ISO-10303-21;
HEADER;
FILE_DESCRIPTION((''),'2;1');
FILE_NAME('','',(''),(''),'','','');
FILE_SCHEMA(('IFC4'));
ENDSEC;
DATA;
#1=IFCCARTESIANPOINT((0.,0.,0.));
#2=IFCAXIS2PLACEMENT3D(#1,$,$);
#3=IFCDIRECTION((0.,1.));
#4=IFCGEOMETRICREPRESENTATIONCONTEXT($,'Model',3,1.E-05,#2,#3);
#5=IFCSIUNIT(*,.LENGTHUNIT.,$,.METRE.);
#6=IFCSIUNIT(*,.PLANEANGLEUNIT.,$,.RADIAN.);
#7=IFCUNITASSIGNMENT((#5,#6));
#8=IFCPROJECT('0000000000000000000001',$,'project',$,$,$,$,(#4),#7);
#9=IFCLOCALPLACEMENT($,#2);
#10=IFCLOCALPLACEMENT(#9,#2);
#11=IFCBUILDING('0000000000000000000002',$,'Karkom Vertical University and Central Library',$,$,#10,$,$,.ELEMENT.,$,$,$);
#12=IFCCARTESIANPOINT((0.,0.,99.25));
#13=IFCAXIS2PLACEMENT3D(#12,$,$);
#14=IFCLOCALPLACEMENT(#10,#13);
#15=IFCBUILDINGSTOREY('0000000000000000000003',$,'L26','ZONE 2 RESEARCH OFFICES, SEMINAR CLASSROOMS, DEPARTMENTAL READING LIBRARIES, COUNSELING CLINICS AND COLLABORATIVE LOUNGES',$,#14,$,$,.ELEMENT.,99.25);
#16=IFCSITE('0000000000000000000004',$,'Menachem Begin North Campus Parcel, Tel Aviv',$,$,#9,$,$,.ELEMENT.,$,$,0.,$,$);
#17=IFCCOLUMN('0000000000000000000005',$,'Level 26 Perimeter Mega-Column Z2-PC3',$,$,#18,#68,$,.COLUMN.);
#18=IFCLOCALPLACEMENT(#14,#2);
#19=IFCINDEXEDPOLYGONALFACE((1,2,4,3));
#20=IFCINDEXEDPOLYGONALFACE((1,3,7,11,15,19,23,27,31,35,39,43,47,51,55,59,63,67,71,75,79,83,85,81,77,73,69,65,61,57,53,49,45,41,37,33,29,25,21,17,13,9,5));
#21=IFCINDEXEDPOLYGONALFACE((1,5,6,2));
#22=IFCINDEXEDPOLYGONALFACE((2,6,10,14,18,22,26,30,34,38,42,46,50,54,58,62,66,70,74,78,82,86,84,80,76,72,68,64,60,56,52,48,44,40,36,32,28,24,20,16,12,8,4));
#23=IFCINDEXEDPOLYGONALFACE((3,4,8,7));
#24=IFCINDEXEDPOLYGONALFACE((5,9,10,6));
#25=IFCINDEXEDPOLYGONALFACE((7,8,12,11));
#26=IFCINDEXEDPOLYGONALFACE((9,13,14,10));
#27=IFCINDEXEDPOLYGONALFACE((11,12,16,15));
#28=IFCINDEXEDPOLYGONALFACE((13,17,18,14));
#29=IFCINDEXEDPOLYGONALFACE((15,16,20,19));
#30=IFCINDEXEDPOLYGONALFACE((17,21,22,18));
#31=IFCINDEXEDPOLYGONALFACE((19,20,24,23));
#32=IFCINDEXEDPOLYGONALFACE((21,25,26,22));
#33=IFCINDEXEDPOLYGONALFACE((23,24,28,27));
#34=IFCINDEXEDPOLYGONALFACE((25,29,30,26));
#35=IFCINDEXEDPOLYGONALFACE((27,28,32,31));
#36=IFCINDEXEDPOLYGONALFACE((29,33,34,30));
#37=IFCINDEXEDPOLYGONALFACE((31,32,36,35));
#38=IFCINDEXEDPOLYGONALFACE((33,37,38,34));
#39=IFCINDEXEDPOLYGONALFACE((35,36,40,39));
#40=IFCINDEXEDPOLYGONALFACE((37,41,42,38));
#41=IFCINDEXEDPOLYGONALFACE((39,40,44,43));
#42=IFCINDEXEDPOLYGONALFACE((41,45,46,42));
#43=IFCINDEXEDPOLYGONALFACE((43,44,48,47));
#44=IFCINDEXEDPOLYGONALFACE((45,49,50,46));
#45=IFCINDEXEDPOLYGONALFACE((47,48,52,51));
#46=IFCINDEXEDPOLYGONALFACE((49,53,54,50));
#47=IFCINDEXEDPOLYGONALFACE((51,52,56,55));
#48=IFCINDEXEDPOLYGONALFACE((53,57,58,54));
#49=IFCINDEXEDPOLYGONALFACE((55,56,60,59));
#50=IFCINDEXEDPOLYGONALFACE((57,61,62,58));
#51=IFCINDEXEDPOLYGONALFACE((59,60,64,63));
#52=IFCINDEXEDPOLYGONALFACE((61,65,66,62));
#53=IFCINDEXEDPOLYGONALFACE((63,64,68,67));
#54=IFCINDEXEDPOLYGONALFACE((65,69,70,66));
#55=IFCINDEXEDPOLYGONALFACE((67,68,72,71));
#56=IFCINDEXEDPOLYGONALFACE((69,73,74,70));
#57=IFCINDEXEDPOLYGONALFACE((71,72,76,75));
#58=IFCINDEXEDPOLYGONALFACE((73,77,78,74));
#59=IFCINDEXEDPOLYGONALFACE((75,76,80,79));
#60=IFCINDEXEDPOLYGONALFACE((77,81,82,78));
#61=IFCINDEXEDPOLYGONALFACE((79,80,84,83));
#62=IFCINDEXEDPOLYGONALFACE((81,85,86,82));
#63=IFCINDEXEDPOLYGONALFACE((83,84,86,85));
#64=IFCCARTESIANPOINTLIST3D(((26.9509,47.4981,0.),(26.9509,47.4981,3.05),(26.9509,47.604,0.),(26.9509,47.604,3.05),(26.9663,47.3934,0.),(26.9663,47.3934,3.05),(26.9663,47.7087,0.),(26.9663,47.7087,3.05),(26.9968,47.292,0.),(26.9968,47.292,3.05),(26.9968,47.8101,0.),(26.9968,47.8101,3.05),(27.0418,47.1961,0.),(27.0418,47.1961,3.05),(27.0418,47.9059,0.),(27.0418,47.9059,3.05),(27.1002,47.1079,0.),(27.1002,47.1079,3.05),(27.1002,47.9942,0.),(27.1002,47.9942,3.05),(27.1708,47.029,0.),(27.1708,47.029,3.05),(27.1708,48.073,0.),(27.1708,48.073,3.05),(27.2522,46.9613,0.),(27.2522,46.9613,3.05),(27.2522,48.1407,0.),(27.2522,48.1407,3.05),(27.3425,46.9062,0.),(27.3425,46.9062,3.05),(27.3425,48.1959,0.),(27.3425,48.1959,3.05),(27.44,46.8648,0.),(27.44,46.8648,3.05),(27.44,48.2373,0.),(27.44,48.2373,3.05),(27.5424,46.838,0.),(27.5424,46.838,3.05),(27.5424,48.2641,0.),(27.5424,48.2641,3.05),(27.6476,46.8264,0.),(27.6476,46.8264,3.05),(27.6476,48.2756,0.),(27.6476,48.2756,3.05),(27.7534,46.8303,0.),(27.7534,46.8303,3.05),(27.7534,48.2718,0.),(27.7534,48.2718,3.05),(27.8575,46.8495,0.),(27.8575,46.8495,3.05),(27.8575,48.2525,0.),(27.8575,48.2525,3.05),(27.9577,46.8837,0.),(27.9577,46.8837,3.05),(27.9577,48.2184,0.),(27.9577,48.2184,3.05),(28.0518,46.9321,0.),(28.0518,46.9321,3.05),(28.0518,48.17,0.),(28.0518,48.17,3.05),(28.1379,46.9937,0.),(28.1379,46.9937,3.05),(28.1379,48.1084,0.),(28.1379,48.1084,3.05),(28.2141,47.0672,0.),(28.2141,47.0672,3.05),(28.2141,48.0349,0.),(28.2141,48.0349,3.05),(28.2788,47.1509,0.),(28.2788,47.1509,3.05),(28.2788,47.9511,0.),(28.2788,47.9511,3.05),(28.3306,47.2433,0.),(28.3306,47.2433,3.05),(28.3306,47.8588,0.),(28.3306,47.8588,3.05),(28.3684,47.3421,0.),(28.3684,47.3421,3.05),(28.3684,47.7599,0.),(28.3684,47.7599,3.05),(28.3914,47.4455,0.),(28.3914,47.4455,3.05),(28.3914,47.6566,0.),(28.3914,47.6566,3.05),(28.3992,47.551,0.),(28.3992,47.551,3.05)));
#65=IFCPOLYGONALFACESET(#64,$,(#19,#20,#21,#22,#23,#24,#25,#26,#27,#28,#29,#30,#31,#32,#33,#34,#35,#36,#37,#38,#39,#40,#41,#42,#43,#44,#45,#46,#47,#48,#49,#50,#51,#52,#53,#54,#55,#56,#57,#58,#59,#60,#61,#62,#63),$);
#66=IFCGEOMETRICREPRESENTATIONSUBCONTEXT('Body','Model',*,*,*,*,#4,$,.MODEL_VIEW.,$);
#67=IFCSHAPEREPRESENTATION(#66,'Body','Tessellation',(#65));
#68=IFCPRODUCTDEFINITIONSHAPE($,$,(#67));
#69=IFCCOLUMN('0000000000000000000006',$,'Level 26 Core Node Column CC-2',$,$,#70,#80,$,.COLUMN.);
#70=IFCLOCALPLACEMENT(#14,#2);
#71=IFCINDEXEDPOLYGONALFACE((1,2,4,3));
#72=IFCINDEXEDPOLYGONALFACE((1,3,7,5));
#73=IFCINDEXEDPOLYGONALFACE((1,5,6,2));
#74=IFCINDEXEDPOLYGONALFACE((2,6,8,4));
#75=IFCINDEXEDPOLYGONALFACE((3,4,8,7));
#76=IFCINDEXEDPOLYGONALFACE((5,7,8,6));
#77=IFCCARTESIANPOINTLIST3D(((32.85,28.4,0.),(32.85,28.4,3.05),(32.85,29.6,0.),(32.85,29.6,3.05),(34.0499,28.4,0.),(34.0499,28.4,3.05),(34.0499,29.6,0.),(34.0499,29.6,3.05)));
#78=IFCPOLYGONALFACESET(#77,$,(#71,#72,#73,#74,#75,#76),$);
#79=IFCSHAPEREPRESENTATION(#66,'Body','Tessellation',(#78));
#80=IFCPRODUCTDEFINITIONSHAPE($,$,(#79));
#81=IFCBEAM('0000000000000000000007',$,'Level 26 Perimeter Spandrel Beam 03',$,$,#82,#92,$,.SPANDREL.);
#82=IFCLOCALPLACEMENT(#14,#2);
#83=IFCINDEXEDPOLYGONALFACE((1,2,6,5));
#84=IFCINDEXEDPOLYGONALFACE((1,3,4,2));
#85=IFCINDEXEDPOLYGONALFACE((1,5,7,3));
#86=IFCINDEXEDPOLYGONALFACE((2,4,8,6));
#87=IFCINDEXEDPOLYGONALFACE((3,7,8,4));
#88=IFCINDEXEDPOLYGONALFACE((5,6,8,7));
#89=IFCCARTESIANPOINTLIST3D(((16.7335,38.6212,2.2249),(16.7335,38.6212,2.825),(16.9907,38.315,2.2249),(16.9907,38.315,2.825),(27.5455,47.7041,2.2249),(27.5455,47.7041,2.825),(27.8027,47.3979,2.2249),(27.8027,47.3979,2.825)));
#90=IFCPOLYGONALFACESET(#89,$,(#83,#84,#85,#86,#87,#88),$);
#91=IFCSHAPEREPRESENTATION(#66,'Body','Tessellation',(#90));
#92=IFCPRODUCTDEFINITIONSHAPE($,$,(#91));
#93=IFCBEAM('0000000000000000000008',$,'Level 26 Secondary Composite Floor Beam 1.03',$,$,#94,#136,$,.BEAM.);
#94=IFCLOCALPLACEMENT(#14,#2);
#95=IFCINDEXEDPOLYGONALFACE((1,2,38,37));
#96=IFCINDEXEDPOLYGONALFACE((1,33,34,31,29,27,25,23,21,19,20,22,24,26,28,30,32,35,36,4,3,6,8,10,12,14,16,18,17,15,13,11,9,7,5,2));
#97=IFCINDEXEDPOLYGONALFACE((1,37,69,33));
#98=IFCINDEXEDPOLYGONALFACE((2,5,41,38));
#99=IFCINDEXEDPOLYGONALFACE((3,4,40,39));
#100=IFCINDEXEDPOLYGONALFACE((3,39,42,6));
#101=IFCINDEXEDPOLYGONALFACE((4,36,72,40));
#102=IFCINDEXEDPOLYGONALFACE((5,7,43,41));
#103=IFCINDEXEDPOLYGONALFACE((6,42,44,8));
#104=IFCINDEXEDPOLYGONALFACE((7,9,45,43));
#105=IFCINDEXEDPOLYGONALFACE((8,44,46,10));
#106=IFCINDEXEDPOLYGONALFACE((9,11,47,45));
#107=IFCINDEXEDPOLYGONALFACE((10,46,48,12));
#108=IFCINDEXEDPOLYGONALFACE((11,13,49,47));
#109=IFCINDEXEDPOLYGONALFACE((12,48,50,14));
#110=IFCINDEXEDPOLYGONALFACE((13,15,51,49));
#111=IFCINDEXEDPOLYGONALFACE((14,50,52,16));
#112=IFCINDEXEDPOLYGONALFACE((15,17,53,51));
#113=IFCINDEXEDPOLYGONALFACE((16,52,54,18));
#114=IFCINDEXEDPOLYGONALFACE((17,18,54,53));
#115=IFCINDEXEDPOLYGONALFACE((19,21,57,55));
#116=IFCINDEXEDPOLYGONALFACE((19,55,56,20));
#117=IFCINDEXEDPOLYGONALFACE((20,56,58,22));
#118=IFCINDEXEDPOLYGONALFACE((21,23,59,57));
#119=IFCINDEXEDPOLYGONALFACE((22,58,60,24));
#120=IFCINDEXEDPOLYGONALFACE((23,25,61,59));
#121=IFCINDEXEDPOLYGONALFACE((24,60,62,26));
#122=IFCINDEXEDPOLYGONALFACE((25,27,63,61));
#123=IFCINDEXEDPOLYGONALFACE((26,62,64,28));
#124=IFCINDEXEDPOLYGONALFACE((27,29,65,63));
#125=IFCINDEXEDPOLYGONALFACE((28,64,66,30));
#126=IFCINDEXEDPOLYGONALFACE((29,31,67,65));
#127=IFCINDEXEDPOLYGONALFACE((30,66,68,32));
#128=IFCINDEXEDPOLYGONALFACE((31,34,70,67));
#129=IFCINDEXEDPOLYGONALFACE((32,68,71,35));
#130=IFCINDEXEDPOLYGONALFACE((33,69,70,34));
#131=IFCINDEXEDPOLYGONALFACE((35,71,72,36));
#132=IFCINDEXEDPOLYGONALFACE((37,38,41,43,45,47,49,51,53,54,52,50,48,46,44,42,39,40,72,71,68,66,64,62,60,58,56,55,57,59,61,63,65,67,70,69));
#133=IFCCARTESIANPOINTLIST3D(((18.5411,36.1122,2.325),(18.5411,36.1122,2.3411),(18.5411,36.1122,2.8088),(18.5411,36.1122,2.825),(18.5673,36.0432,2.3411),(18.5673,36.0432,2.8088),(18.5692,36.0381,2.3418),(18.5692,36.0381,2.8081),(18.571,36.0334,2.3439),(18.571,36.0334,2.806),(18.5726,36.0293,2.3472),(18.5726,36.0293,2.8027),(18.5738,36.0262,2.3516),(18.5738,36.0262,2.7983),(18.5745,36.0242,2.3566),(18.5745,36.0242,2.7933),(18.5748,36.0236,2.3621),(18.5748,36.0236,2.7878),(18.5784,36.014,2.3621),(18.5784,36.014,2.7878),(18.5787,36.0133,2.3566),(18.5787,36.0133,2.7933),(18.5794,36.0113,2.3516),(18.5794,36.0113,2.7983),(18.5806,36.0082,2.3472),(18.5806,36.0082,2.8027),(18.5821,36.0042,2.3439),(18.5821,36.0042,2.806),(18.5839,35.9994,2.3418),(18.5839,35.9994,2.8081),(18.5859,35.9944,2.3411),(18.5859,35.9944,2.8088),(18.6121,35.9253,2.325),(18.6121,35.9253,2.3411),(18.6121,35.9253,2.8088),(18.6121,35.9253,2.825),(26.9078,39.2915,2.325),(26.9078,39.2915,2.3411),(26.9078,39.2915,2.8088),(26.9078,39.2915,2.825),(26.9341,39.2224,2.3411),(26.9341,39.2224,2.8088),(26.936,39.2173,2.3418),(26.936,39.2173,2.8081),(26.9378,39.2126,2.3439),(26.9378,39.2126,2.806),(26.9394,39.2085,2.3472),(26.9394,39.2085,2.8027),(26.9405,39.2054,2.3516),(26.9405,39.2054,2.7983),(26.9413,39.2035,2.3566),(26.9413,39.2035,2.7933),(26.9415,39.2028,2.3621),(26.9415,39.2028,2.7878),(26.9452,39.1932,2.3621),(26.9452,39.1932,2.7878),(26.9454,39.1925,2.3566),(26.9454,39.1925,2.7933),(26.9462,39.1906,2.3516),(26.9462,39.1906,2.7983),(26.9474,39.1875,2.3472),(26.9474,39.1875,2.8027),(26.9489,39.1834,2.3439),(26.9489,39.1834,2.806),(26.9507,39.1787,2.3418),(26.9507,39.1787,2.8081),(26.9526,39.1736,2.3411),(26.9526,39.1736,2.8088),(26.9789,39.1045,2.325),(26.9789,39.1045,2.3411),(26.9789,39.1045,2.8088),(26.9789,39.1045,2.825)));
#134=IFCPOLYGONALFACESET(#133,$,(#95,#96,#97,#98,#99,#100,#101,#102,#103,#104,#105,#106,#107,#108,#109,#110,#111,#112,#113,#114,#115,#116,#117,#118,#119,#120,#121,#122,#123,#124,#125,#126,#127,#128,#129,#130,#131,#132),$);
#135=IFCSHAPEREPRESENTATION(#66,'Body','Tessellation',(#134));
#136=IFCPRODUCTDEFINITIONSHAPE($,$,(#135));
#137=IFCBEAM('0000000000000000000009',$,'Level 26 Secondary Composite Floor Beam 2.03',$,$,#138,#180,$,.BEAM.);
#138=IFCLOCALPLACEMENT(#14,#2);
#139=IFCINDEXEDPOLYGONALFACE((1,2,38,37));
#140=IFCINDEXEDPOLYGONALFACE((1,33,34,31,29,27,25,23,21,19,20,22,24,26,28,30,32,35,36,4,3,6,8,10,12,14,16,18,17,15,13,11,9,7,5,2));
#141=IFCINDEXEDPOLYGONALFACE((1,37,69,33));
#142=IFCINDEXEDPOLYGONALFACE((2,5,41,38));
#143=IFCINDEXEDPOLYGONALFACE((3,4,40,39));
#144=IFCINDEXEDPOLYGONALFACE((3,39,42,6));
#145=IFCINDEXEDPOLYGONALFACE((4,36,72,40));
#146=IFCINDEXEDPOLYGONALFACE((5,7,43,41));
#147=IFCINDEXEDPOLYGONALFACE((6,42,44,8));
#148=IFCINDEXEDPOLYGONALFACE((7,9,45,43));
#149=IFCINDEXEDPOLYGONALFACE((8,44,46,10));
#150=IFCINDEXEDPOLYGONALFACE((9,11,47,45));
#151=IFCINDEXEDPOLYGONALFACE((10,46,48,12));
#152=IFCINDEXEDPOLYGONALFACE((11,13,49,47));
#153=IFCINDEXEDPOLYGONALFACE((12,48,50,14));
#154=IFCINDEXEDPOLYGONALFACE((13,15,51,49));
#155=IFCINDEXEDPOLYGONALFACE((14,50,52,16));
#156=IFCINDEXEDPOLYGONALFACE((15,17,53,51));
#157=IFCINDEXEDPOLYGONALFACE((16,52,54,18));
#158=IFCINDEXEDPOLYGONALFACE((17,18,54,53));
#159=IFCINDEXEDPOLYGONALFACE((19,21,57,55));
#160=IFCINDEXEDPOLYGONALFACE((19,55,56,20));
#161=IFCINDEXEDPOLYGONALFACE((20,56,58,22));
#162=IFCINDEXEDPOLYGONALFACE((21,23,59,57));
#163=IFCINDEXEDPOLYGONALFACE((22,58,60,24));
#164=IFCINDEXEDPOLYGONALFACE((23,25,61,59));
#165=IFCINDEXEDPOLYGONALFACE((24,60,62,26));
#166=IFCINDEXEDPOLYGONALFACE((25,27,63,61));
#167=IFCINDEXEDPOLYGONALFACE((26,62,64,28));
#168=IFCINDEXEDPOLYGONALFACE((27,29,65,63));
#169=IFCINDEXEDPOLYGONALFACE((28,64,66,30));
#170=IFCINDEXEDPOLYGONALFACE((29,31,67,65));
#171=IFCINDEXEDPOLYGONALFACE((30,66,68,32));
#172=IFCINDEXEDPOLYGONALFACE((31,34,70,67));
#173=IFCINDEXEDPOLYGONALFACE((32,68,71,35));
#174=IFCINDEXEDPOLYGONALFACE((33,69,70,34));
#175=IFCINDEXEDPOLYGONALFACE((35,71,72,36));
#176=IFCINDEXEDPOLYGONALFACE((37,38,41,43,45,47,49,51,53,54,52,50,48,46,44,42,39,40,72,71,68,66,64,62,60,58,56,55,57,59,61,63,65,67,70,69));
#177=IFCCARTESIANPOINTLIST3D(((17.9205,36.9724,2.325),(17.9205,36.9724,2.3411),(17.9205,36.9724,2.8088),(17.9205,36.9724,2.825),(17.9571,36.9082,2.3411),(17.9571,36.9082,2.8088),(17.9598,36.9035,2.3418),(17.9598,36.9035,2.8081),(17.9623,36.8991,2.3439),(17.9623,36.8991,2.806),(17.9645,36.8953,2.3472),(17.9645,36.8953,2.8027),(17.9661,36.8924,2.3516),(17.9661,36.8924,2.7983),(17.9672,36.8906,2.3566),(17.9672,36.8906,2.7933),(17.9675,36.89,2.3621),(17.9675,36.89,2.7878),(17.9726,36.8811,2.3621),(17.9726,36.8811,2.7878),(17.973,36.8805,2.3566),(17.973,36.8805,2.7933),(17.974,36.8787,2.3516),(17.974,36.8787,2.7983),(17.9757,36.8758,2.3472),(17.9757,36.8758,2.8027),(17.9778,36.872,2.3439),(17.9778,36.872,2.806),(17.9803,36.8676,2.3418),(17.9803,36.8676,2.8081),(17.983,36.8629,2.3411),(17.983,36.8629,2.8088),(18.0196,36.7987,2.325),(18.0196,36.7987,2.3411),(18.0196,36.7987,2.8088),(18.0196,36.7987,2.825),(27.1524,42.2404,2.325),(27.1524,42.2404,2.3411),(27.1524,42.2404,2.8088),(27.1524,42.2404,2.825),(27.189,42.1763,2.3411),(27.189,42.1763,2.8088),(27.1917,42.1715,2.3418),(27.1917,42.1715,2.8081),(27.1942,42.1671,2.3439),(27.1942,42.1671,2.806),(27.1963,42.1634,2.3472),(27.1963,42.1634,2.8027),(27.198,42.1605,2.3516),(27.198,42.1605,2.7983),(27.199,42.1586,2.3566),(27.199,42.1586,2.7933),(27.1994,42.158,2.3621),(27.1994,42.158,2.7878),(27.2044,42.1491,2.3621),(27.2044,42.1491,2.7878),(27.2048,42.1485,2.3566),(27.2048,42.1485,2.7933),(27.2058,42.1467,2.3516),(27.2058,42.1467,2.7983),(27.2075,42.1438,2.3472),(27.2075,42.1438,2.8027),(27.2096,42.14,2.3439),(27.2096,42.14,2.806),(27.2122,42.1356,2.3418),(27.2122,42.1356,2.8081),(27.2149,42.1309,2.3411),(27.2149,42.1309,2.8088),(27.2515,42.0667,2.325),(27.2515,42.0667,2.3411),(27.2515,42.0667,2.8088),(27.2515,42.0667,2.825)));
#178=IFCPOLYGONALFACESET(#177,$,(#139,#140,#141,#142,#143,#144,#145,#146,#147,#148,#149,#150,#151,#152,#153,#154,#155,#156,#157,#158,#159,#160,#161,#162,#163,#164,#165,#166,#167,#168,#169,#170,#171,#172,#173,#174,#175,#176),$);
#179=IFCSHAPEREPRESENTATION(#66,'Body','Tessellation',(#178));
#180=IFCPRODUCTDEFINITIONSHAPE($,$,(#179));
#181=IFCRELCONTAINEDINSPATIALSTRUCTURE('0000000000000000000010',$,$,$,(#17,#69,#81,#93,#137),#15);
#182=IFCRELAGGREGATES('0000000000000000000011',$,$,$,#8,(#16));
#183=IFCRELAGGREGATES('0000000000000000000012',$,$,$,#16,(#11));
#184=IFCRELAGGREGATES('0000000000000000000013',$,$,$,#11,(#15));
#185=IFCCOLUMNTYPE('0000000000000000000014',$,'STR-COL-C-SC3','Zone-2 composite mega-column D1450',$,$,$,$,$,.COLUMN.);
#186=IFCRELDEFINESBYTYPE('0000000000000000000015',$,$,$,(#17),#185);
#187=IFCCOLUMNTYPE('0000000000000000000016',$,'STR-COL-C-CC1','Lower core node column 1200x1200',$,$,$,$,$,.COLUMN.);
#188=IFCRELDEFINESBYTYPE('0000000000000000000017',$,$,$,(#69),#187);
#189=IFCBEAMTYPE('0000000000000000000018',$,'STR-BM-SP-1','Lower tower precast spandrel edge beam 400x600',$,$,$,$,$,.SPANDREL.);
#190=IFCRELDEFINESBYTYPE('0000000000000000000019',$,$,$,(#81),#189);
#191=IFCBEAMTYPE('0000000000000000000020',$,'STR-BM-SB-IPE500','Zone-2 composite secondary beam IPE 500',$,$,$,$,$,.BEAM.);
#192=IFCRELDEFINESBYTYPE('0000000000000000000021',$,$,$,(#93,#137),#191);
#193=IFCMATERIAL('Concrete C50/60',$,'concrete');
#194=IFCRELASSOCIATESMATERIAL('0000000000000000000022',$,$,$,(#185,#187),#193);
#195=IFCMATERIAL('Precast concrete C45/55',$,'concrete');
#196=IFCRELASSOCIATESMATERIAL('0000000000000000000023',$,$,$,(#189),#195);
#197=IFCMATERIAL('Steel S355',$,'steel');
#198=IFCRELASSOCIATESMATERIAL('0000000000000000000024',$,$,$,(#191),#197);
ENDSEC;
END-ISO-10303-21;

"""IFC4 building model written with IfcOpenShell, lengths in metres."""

from ifc_helpers import new_model, si_unit, direction, frame, origin, origin_with_axes, origin_2d, place, context, subcontext, project, spatial, rectangle, circle, i_section, extrude, source, transform, mapped, material, material_profile, profile_set, type_object, element, save


model = new_model("IFC4")

# Units and contexts
model_context = context("Model", 3, precision=1e-05, world=origin(), true_north=direction((0.0, 1.0)))
body_context = subcontext(model_context, "Body", "Model", "MODEL_VIEW")
ifc_project = project(units=[si_unit("LENGTHUNIT", "METRE"), si_unit("PLANEANGLEUNIT", "RADIAN")], contexts=[model_context])

# Site, building, storey
site_placement = place(None, origin())
site = spatial("IfcSite", under=ifc_project, at=site_placement, Name="Menachem Begin North Campus Parcel, Tel Aviv", CompositionType="ELEMENT", RefElevation=0.0)
building_placement = place(site_placement, origin())
building = spatial("IfcBuilding", under=site, at=building_placement, Name="Karkom Vertical University and Central Library", CompositionType="ELEMENT")
storey_placement = place(building_placement, frame((0.0, 0.0, 99.25)))
storey = spatial("IfcBuildingStorey", under=building, at=storey_placement, Name="L26", Description="ZONE 2 RESEARCH OFFICES, SEMINAR CLASSROOMS, DEPARTMENTAL READING LIBRARIES, COUNSELING CLINICS AND COLLABORATIVE LOUNGES", CompositionType="ELEMENT", Elevation=99.25)

# Columns
ifc_material_1 = material(Name="Concrete C50/60", Category="concrete")
ifc_material_profile_1 = material_profile(ifc_material_1, circle(Radius=0.7251, at=origin_2d()), Name="CFT-D1450")
ifc_profile_set_1 = profile_set([ifc_material_profile_1], Name="Concrete C50/60")
column_type_1 = type_object("IfcColumnType", Name="STR-COL-C-SC3", Description="Zone-2 composite mega-column D1450", PredefinedType="COLUMN", material=ifc_profile_set_1)
shared_shape_1 = source(origin_with_axes(), body_context, "Body", "SweptSolid", [
    extrude(circle(Radius=0.7251, at=origin_2d()), origin(), (0.0, 0.0, 1.0), 3.05),
])
column_1_placement = place(storey_placement, frame((27.6741, 47.551, 0.0), z_axis=(0.0, 0.0, 1.0), x_axis=(1.0, 0.0, 0.0)))
element("IfcColumn", 1, at=column_1_placement, inside=storey, type_object=column_type_1, Name="Level 26 Perimeter Mega-Column Z2-PC3", PredefinedType="COLUMN", context=body_context, shape_type="MappedRepresentation", body=[
    mapped(shared_shape_1, transform((0.0, 0.0, 0.0), scale=1.0)),
])
ifc_material_profile_2 = material_profile(ifc_material_1, rectangle(XDim=1.2, YDim=1.2, at=origin_2d()), Name="RC-1200x1200")
ifc_profile_set_2 = profile_set([ifc_material_profile_2], Name="Concrete C50/60")
column_type_2 = type_object("IfcColumnType", Name="STR-COL-C-CC1", Description="Lower core node column 1200x1200", PredefinedType="COLUMN", material=ifc_profile_set_2)
shared_shape_2 = source(origin_with_axes(), body_context, "Body", "SweptSolid", [
    extrude(rectangle(XDim=1.2, YDim=1.2, at=origin_2d()), origin(), (0.0, 0.0, 1.0), 3.05),
])
column_2_placement = place(storey_placement, frame((33.45, 29.0, 0.0), z_axis=(0.0, 0.0, 1.0), x_axis=(1.0, 0.0, 0.0)))
element("IfcColumn", 2, at=column_2_placement, inside=storey, type_object=column_type_2, Name="Level 26 Core Node Column CC-2", PredefinedType="COLUMN", context=body_context, shape_type="MappedRepresentation", body=[
    mapped(shared_shape_2, transform((0.0, 0.0, 0.0), scale=1.0)),
])

# Beams
ifc_material_2 = material(Name="Precast concrete C45/55", Category="concrete")
ifc_material_profile_3 = material_profile(ifc_material_2, rectangle(XDim=0.3999, YDim=0.6001, at=origin_2d()), Name="SPB-400x600")
ifc_profile_set_3 = profile_set([ifc_material_profile_3], Name="Precast concrete C45/55")
beam_type_1 = type_object("IfcBeamType", Name="STR-BM-SP-1", Description="Lower tower precast spandrel edge beam 400x600", PredefinedType="SPANDREL", material=ifc_profile_set_3)
shared_shape_3 = source(origin_with_axes(), body_context, "Body", "SweptSolid", [
    extrude(rectangle(XDim=0.3999, YDim=0.6001, at=origin_2d()), origin(), (0.0, 0.0, 1.0), 14.1208),
])
beam_1_placement = place(storey_placement, frame((27.6741, 47.551, 2.5249), z_axis=(-0.765673, -0.64323, 0.0), x_axis=(0.64323, -0.765673, 0.0)))
element("IfcBeam", 3, at=beam_1_placement, inside=storey, type_object=beam_type_1, Name="Level 26 Perimeter Spandrel Beam 03", PredefinedType="SPANDREL", context=body_context, shape_type="MappedRepresentation", body=[
    mapped(shared_shape_3, transform((0.0, 0.0, 0.0), scale=1.0)),
])
ifc_material_3 = material(Name="Steel S355", Category="steel")
ifc_material_profile_4 = material_profile(ifc_material_3, i_section(OverallWidth=0.2, OverallDepth=0.5, WebThickness=0.0103, FlangeThickness=0.0161, FilletRadius=0.021, at=origin_2d()), Name="IPE 500")
ifc_profile_set_4 = profile_set([ifc_material_profile_4], Name="Steel S355")
beam_type_2 = type_object("IfcBeamType", Name="STR-BM-SB-IPE500", Description="Zone-2 composite secondary beam IPE 500", PredefinedType="BEAM", material=ifc_profile_set_4)
shared_shape_4 = source(origin_with_axes(), body_context, "Body", "SweptSolid", [
    extrude(i_section(OverallWidth=0.2, OverallDepth=0.5, WebThickness=0.0103, FlangeThickness=0.0161, FilletRadius=0.021, at=origin_2d()), origin(), (0.0, 0.0, 1.0), 8.9504),
])
beam_2_placement = place(storey_placement, frame((26.9434, 39.198, 2.575), z_axis=(-0.934789, -0.355203, 0.0), x_axis=(0.355203, -0.934789, 0.0)))
element("IfcBeam", 4, at=beam_2_placement, inside=storey, type_object=beam_type_2, Name="Level 26 Secondary Composite Floor Beam 1.03", PredefinedType="BEAM", context=body_context, shape_type="MappedRepresentation", body=[
    mapped(shared_shape_4, transform((0.0, 0.0, 0.0), scale=1.0)),
])
shared_shape_5 = source(origin_with_axes(), body_context, "Body", "SweptSolid", [
    extrude(i_section(OverallWidth=0.2, OverallDepth=0.5, WebThickness=0.0103, FlangeThickness=0.0161, FilletRadius=0.021, at=origin_2d()), origin(), (0.0, 0.0, 1.0), 10.6292),
])
beam_3_placement = place(storey_placement, frame((27.2019, 42.1536, 2.575), z_axis=(-0.86854, -0.495619, 0.0), x_axis=(0.495619, -0.86854, 0.0)))
element("IfcBeam", 5, at=beam_3_placement, inside=storey, type_object=beam_type_2, Name="Level 26 Secondary Composite Floor Beam 2.03", PredefinedType="BEAM", context=body_context, shape_type="MappedRepresentation", body=[
    mapped(shared_shape_5, transform((0.0, 0.0, 0.0), scale=1.0)),
])

save(model, "model.ifc")
